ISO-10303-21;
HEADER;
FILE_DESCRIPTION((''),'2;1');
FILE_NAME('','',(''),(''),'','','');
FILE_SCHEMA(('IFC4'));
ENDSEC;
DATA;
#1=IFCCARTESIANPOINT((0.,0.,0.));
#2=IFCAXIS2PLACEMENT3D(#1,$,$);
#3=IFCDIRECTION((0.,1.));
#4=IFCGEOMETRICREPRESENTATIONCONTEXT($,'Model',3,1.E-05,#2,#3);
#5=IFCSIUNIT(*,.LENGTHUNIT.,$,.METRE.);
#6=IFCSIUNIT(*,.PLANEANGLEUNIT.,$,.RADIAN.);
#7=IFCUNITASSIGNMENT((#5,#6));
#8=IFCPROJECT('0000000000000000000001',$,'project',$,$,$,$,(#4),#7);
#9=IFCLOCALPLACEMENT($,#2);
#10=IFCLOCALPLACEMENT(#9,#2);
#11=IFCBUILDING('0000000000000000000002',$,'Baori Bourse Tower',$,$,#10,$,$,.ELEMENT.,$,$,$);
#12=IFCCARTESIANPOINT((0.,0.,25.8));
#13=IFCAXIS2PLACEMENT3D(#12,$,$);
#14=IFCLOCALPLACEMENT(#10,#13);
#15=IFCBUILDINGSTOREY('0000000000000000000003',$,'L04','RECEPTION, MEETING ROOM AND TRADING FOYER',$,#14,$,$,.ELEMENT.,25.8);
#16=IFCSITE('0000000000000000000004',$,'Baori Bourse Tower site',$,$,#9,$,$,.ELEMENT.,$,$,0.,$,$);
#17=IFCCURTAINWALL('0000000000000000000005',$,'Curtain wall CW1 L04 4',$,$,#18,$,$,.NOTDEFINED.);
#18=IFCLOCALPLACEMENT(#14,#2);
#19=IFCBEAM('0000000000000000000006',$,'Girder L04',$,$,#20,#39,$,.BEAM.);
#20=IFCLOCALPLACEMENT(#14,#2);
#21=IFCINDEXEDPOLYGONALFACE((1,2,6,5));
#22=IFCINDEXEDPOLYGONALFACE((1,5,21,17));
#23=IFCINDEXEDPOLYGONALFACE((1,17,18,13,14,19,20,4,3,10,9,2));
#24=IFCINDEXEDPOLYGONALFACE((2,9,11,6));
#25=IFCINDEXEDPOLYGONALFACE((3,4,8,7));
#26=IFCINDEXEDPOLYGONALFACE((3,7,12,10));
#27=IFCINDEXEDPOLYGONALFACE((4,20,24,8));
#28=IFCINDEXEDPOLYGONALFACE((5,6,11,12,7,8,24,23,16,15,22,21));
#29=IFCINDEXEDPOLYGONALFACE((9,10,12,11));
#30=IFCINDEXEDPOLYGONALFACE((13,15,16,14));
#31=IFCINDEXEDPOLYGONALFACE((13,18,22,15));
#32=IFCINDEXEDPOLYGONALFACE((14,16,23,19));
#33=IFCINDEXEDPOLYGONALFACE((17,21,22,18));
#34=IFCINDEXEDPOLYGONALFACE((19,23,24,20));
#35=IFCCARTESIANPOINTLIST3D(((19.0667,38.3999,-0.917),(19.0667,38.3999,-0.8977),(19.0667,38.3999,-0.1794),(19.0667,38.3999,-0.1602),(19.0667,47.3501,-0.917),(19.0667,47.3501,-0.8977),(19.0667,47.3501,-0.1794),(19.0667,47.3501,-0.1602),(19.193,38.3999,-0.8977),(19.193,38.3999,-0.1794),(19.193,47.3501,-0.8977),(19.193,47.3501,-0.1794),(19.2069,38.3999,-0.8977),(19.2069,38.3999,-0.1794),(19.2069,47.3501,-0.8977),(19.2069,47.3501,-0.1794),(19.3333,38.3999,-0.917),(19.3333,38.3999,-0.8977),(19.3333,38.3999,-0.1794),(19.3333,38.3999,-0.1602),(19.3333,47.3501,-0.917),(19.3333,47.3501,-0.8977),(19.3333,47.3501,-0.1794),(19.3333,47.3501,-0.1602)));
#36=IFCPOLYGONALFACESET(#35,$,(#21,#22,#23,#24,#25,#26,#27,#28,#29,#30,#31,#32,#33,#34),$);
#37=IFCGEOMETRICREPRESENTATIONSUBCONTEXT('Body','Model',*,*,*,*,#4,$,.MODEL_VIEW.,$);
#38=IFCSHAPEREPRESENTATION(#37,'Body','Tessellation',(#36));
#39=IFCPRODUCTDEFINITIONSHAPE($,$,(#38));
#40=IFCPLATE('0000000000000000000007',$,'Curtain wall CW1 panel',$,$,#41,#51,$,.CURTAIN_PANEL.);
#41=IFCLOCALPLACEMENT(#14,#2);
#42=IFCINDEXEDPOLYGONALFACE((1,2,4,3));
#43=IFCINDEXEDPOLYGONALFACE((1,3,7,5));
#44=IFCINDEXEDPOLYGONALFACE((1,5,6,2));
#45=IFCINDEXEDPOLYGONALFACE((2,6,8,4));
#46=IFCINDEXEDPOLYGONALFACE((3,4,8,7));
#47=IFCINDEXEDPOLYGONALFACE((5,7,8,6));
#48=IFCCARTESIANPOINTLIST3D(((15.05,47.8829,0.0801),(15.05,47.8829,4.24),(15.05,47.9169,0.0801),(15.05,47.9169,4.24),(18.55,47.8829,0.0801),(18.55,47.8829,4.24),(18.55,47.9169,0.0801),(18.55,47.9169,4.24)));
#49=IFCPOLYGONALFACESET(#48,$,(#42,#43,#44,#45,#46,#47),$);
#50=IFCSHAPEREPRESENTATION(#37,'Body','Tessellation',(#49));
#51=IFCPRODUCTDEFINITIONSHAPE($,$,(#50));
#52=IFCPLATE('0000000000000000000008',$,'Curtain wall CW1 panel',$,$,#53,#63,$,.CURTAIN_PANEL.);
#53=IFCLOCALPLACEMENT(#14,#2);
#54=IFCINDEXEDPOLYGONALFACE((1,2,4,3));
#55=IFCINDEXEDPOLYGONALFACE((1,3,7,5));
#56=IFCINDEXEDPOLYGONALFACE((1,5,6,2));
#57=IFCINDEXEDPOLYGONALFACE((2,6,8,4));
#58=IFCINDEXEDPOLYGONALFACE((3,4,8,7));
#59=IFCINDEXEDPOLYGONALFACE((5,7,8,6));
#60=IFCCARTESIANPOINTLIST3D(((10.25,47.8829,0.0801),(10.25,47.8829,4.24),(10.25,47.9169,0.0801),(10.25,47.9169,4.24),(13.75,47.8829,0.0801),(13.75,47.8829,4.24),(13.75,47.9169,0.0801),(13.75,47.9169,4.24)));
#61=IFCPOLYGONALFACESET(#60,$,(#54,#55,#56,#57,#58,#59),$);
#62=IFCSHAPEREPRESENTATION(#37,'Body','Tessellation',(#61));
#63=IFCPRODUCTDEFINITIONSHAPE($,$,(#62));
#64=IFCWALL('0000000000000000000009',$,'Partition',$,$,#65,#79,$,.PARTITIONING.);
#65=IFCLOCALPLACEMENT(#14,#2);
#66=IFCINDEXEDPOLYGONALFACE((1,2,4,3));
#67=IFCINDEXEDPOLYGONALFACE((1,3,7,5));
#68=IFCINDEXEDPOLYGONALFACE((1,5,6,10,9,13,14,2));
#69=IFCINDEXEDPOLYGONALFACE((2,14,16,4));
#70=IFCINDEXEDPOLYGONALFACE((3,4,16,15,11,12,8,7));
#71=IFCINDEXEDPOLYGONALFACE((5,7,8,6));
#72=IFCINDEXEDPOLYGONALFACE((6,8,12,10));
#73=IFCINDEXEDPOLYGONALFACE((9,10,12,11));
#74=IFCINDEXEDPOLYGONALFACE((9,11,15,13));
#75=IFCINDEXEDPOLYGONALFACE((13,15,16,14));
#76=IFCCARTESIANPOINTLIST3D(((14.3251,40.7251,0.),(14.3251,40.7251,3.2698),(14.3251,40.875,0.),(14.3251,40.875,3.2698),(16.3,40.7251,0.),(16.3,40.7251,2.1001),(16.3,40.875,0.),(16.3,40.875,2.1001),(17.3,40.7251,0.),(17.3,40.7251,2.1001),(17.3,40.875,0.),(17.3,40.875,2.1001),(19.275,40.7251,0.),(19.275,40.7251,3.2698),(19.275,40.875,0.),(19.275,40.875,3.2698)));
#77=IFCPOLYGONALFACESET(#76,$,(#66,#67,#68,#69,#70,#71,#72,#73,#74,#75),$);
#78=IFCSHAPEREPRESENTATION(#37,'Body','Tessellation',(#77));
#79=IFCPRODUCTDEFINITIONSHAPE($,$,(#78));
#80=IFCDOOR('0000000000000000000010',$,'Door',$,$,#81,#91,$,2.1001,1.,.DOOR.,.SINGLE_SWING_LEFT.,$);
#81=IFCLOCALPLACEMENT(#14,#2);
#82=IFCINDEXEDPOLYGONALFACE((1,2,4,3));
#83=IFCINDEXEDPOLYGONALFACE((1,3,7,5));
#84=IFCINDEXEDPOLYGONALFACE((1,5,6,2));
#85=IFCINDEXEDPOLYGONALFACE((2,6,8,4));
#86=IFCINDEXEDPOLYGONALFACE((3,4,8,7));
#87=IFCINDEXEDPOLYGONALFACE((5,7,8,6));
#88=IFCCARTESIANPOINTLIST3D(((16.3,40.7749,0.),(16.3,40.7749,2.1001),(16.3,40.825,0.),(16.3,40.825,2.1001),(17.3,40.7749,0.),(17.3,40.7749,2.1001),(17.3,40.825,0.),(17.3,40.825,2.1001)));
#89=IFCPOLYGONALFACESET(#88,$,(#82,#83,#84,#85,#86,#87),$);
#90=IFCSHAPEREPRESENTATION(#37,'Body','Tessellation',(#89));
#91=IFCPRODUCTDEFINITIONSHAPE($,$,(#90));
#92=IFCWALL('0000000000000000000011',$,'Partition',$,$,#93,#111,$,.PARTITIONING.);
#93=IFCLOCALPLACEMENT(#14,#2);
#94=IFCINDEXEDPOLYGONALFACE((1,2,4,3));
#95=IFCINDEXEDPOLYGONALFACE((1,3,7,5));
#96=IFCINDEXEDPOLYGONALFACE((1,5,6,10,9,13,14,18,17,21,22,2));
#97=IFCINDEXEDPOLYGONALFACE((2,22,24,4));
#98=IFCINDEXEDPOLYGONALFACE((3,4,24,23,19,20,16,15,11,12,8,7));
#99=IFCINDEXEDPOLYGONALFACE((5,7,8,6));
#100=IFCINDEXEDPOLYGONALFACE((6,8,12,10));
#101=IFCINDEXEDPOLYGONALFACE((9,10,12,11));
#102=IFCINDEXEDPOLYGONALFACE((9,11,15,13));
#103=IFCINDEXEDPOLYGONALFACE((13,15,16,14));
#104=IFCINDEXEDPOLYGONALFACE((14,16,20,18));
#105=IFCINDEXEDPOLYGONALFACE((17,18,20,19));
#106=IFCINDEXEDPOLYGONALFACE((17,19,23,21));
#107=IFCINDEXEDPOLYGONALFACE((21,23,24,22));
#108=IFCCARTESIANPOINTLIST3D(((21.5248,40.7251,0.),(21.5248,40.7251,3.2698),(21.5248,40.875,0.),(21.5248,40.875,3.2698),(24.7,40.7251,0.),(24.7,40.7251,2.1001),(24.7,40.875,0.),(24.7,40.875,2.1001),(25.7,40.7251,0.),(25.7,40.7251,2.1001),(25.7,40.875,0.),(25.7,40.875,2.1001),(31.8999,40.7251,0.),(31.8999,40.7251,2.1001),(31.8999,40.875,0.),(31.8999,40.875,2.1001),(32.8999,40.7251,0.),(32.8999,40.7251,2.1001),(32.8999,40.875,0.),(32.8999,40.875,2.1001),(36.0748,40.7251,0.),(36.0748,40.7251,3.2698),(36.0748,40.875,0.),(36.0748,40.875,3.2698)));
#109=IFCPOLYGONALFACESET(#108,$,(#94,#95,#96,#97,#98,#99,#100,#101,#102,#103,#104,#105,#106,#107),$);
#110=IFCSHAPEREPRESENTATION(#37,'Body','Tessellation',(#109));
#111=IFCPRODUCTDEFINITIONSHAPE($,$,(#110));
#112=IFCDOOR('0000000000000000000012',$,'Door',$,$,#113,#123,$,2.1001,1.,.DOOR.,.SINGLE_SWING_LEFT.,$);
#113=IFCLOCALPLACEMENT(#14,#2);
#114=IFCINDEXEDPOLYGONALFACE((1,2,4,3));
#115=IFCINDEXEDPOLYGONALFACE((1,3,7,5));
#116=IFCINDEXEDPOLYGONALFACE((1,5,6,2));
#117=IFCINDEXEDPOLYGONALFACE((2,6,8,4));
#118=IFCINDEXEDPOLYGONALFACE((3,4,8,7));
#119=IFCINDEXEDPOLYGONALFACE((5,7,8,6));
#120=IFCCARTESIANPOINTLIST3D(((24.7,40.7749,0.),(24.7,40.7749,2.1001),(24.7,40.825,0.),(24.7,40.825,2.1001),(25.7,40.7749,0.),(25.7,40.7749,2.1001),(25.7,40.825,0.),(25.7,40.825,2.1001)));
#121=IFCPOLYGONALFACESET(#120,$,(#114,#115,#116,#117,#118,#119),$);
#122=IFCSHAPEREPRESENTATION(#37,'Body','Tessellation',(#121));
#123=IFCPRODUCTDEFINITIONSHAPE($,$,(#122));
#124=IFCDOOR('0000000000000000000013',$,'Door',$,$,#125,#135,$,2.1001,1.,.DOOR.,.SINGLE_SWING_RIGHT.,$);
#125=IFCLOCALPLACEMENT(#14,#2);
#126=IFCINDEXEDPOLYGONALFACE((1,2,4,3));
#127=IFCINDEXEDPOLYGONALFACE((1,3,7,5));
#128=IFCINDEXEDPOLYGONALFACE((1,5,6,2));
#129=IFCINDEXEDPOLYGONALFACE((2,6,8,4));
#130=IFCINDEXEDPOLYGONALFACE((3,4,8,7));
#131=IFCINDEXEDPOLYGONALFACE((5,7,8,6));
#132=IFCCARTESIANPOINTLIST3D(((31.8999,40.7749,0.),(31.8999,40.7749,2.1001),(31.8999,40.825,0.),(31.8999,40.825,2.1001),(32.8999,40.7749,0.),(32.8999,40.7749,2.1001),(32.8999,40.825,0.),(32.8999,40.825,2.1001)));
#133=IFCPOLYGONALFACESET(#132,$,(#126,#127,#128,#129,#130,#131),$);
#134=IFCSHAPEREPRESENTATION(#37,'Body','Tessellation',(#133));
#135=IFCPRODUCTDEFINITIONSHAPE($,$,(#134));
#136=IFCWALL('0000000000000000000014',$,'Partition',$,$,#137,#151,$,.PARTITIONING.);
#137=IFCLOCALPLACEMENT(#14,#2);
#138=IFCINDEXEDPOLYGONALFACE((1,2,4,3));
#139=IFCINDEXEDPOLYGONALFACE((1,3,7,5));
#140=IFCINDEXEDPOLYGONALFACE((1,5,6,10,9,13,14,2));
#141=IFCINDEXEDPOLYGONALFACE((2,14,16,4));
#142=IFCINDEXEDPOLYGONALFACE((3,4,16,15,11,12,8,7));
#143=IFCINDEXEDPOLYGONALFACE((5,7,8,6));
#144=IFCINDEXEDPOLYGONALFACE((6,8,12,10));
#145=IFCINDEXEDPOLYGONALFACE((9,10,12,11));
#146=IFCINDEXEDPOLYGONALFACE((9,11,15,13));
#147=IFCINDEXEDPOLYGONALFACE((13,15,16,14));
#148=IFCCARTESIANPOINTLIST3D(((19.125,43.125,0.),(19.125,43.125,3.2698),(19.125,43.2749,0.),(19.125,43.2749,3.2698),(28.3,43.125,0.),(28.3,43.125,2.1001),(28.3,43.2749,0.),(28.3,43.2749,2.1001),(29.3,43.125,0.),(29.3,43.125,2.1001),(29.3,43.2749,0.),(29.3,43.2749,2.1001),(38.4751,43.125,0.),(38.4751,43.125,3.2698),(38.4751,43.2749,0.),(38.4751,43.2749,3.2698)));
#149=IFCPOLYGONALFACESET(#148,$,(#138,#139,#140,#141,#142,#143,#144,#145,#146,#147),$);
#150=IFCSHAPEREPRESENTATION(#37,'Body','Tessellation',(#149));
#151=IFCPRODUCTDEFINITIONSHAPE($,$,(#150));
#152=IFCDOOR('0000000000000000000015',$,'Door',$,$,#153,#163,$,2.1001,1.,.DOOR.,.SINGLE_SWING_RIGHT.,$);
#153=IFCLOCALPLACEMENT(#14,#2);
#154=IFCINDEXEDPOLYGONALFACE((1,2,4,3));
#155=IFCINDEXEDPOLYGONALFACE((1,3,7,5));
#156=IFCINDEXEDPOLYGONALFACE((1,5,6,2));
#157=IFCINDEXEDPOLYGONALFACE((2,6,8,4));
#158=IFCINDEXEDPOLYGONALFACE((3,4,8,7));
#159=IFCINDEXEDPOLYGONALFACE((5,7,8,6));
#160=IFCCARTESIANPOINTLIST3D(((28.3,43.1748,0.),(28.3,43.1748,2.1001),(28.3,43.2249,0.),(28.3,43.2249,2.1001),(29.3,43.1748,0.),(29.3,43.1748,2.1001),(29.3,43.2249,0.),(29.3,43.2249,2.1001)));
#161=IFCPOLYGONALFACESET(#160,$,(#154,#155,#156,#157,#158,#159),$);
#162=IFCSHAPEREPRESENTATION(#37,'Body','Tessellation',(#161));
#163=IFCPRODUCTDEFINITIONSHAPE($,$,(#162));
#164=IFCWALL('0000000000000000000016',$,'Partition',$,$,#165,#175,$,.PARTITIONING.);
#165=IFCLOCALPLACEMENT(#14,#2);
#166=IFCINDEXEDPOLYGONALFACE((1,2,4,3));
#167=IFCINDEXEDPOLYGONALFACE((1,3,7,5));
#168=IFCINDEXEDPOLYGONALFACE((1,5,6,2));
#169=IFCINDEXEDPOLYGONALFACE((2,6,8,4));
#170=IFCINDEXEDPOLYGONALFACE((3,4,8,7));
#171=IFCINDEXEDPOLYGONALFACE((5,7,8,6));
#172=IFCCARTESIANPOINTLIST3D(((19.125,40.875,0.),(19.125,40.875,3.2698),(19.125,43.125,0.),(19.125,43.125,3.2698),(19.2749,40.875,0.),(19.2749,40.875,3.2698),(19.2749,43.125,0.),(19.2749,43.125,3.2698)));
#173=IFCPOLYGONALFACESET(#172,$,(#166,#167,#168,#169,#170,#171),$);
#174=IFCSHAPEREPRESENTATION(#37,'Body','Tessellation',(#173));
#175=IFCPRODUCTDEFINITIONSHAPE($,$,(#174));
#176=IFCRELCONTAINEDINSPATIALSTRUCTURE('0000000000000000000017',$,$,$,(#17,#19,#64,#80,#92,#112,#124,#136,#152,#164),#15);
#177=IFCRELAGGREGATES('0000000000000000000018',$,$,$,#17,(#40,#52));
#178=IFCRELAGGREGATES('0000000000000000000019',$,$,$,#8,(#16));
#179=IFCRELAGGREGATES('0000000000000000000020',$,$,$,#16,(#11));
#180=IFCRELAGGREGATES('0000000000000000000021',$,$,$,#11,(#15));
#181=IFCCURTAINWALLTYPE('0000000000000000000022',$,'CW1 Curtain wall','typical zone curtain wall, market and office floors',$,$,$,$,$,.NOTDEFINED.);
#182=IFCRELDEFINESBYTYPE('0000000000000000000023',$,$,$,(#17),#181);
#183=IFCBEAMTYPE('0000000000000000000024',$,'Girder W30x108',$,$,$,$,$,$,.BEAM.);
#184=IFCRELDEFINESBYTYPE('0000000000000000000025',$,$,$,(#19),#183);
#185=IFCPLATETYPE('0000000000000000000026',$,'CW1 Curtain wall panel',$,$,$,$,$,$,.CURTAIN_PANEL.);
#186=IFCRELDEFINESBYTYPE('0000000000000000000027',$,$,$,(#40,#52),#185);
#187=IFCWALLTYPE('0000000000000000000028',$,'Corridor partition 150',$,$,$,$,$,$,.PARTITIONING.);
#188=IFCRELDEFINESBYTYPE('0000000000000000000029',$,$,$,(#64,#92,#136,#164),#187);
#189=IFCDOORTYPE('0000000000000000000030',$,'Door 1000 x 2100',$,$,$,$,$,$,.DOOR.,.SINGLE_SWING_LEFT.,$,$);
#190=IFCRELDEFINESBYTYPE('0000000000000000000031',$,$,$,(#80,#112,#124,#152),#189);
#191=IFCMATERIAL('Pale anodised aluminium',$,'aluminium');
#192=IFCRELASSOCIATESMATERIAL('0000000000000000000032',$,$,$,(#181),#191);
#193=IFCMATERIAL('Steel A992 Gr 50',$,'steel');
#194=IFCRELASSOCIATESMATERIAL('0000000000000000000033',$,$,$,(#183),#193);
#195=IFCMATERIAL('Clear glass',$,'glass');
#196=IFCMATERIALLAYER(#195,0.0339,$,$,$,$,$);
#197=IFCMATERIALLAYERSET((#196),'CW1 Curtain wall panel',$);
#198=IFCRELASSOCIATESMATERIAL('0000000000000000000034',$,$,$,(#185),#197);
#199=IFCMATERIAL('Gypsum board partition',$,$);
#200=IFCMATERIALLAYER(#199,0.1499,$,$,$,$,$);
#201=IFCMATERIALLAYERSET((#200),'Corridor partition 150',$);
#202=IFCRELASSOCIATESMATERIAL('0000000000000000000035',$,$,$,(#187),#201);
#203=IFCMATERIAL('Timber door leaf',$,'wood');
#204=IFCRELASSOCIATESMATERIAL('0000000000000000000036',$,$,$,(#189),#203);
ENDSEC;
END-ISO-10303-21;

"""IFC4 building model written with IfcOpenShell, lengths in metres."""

from ifc_helpers import new_model, si_unit, direction, frame, frame_2d, origin, origin_2d, place, context, subcontext, project, spatial, rectangle, i_section, extrude, material, layer, layer_set, material_profile, profile_set, type_object, element, fill, aggregate, save


model = new_model("IFC4")

# Units and contexts
model_context = context("Model", 3, precision=1e-05, world=origin(), true_north=direction((0.0, 1.0)))
body_context = subcontext(model_context, "Body", "Model", "MODEL_VIEW")
ifc_project = project(units=[si_unit("LENGTHUNIT", "METRE"), si_unit("PLANEANGLEUNIT", "RADIAN")], contexts=[model_context])

# Site, building, storey
site_placement = place(None, origin())
site = spatial("IfcSite", under=ifc_project, at=site_placement, Name="Baori Bourse Tower site", CompositionType="ELEMENT", RefElevation=0.0)
building_placement = place(site_placement, origin())
building = spatial("IfcBuilding", under=site, at=building_placement, Name="Baori Bourse Tower", CompositionType="ELEMENT")
storey_placement = place(building_placement, frame((0.0, 0.0, 25.8)))
storey = spatial("IfcBuildingStorey", under=building, at=storey_placement, Name="L04", Description="RECEPTION, MEETING ROOM AND TRADING FOYER", CompositionType="ELEMENT", Elevation=25.8)

# Curtain wall
ifc_material_1 = material(Name="Pale anodised aluminium", Category="aluminium")
curtain_wall_type = type_object("IfcCurtainWallType", Name="CW1 Curtain wall", Description="typical zone curtain wall, market and office floors", PredefinedType="NOTDEFINED", material=ifc_material_1)
curtain_wall_placement = place(storey_placement, origin())
curtain_wall = element("IfcCurtainWall", 1, at=curtain_wall_placement, inside=storey, type_object=curtain_wall_type, Name="Curtain wall CW1 L04 4", PredefinedType="NOTDEFINED")

# Beam
ifc_material_2 = material(Name="Steel A992 Gr 50", Category="steel")
ifc_material_profile_1 = material_profile(ifc_material_2, i_section(OverallWidth=0.2666, OverallDepth=0.7568, WebThickness=0.0139, FlangeThickness=0.0193, at=origin_2d()), Name="W30x108")
ifc_profile_set_1 = profile_set([ifc_material_profile_1], Name="Steel A992 Gr 50")
beam_type_1 = type_object("IfcBeamType", Name="Girder W30x108", PredefinedType="BEAM", material=ifc_profile_set_1)
beam_1_placement = place(storey_placement, frame((19.2, 38.3999, -0.5386), z_axis=(0.0, 1.0, 0.0), x_axis=(-1.0, 0.0, 0.0)))
element("IfcBeam", 2, at=beam_1_placement, inside=storey, type_object=beam_type_1, Name="Girder L04", PredefinedType="BEAM", context=body_context, shape_type="SweptSolid", body=[
    extrude(i_section(OverallWidth=0.2666, OverallDepth=0.7568, WebThickness=0.0139, FlangeThickness=0.0193, at=origin_2d()), origin(), (0.0, 0.0, 1.0), 8.9502),
])

# Plates
ifc_material_3 = material(Name="Clear glass", Category="glass")
ifc_layer_1 = layer(ifc_material_3, 0.0339)
ifc_layer_set_1 = layer_set([ifc_layer_1], Name="CW1 Curtain wall panel")
plate_type = type_object("IfcPlateType", Name="CW1 Curtain wall panel", PredefinedType="CURTAIN_PANEL", material=ifc_layer_set_1)
plate_1_placement = place(storey_placement, frame((16.8, 47.8999, 0.0801), z_axis=(0.0, 0.0, 1.0), x_axis=(-1.0, 0.0, 0.0)))
plate_1 = element("IfcPlate", 3, at=plate_1_placement, type_object=plate_type, Name="Curtain wall CW1 panel", PredefinedType="CURTAIN_PANEL", context=body_context, shape_type="SweptSolid", body=[
    extrude(rectangle(XDim=3.5, YDim=0.0339, at=origin_2d()), origin(), (0.0, 0.0, 1.0), 4.1599),
])
plate_2_placement = place(storey_placement, frame((12.0, 47.8999, 0.0801), z_axis=(0.0, 0.0, 1.0), x_axis=(-1.0, 0.0, 0.0)))
plate_2 = element("IfcPlate", 4, at=plate_2_placement, type_object=plate_type, Name="Curtain wall CW1 panel", PredefinedType="CURTAIN_PANEL", context=body_context, shape_type="SweptSolid", body=[
    extrude(rectangle(XDim=3.5, YDim=0.0339, at=origin_2d()), origin(), (0.0, 0.0, 1.0), 4.1599),
])
aggregate(curtain_wall, [plate_1, plate_2])

# Wall, opening, door
ifc_material_4 = material(Name="Gypsum board partition")
ifc_layer_2 = layer(ifc_material_4, 0.1499)
ifc_layer_set_2 = layer_set([ifc_layer_2], Name="Corridor partition 150")
wall_type_1 = type_object("IfcWallType", Name="Corridor partition 150", PredefinedType="PARTITIONING", material=ifc_layer_set_2)
wall_1_placement = place(storey_placement, frame((14.325, 40.8, 0.0), z_axis=(0.0, 0.0, 1.0), x_axis=(1.0, 0.0, 0.0)))
wall_1 = element("IfcWall", 5, at=wall_1_placement, inside=storey, type_object=wall_type_1, Name="Partition", PredefinedType="PARTITIONING", context=body_context, shape_type="SweptSolid", body=[
    extrude(rectangle(XDim=4.95, YDim=0.1499, at=frame_2d((2.4751, 0.0))), origin(), (0.0, 0.0, 1.0), 3.2698),
])
opening_1_placement = place(wall_1_placement, frame((1.9751, 0.0, 0.0)))
opening_1 = element("IfcOpeningElement", 6, at=opening_1_placement, cuts=wall_1, PredefinedType="OPENING", context=body_context, shape_type="SweptSolid", body=[
    extrude(rectangle(XDim=1.0, YDim=2.1001, at=frame_2d((0.5, 1.05))), frame((0.0, 0.085, 0.0), z_axis=(0.0, -1.0, 0.0), x_axis=(1.0, 0.0, 0.0)), (0.0, 0.0, 1.0), 0.1699),
])
ifc_material_5 = material(Name="Timber door leaf", Category="wood")
door_type = type_object("IfcDoorType", Name="Door 1000 x 2100", OperationType="SINGLE_SWING_LEFT", PredefinedType="DOOR", material=ifc_material_5)
door_1_placement = place(opening_1_placement, origin())
door_1 = element("IfcDoor", 7, at=door_1_placement, inside=storey, type_object=door_type, Name="Door", OperationType="SINGLE_SWING_LEFT", OverallHeight=2.1001, OverallWidth=1.0, PredefinedType="DOOR", context=body_context, shape_type="SweptSolid", body=[
    extrude(rectangle(XDim=1.0, YDim=2.1001, at=frame_2d((0.5, 1.05))), frame((0.0, 0.0249, 0.0), z_axis=(0.0, -1.0, 0.0), x_axis=(1.0, 0.0, 0.0)), (0.0, 0.0, 1.0), 0.05),
])
fill(opening_1, door_1)

# Wall, openings, doors
wall_2_placement = place(storey_placement, frame((21.5249, 40.8, 0.0), z_axis=(0.0, 0.0, 1.0), x_axis=(1.0, 0.0, 0.0)))
wall_2 = element("IfcWall", 8, at=wall_2_placement, inside=storey, type_object=wall_type_1, Name="Partition", PredefinedType="PARTITIONING", context=body_context, shape_type="SweptSolid", body=[
    extrude(rectangle(XDim=14.55, YDim=0.1499, at=frame_2d((7.2749, 0.0))), origin(), (0.0, 0.0, 1.0), 3.2698),
])
opening_2_placement = place(wall_2_placement, frame((3.175, 0.0, 0.0)))
opening_2 = element("IfcOpeningElement", 9, at=opening_2_placement, cuts=wall_2, PredefinedType="OPENING", context=body_context, shape_type="SweptSolid", body=[
    extrude(rectangle(XDim=1.0, YDim=2.1001, at=frame_2d((0.5, 1.05))), frame((0.0, 0.085, 0.0), z_axis=(0.0, -1.0, 0.0), x_axis=(1.0, 0.0, 0.0)), (0.0, 0.0, 1.0), 0.1699),
])
opening_3_placement = place(wall_2_placement, frame((10.375, 0.0, 0.0)))
opening_3 = element("IfcOpeningElement", 10, at=opening_3_placement, cuts=wall_2, PredefinedType="OPENING", context=body_context, shape_type="SweptSolid", body=[
    extrude(rectangle(XDim=1.0, YDim=2.1001, at=frame_2d((0.5, 1.05))), frame((0.0, 0.085, 0.0), z_axis=(0.0, -1.0, 0.0), x_axis=(1.0, 0.0, 0.0)), (0.0, 0.0, 1.0), 0.1699),
])
door_2_placement = place(opening_2_placement, origin())
door_2 = element("IfcDoor", 11, at=door_2_placement, inside=storey, type_object=door_type, Name="Door", OperationType="SINGLE_SWING_LEFT", OverallHeight=2.1001, OverallWidth=1.0, PredefinedType="DOOR", context=body_context, shape_type="SweptSolid", body=[
    extrude(rectangle(XDim=1.0, YDim=2.1001, at=frame_2d((0.5, 1.05))), frame((0.0, 0.0249, 0.0), z_axis=(0.0, -1.0, 0.0), x_axis=(1.0, 0.0, 0.0)), (0.0, 0.0, 1.0), 0.05),
])
fill(opening_2, door_2)
door_3_placement = place(opening_3_placement, origin())
door_3 = element("IfcDoor", 12, at=door_3_placement, inside=storey, type_object=door_type, Name="Door", OperationType="SINGLE_SWING_RIGHT", OverallHeight=2.1001, OverallWidth=1.0, PredefinedType="DOOR", context=body_context, shape_type="SweptSolid", body=[
    extrude(rectangle(XDim=1.0, YDim=2.1001, at=frame_2d((0.5, 1.05))), frame((0.0, 0.0249, 0.0), z_axis=(0.0, -1.0, 0.0), x_axis=(1.0, 0.0, 0.0)), (0.0, 0.0, 1.0), 0.05),
])
fill(opening_3, door_3)

# Wall, opening, door
wall_3_placement = place(storey_placement, frame((19.125, 43.2, 0.0), z_axis=(0.0, 0.0, 1.0), x_axis=(1.0, 0.0, 0.0)))
wall_3 = element("IfcWall", 13, at=wall_3_placement, inside=storey, type_object=wall_type_1, Name="Partition", PredefinedType="PARTITIONING", context=body_context, shape_type="SweptSolid", body=[
    extrude(rectangle(XDim=19.3501, YDim=0.1499, at=frame_2d((9.675, 0.0))), origin(), (0.0, 0.0, 1.0), 3.2698),
])
opening_4_placement = place(wall_3_placement, frame((9.175, 0.0, 0.0)))
opening_4 = element("IfcOpeningElement", 14, at=opening_4_placement, cuts=wall_3, PredefinedType="OPENING", context=body_context, shape_type="SweptSolid", body=[
    extrude(rectangle(XDim=1.0, YDim=2.1001, at=frame_2d((0.5, 1.05))), frame((0.0, 0.085, 0.0), z_axis=(0.0, -1.0, 0.0), x_axis=(1.0, 0.0, 0.0)), (0.0, 0.0, 1.0), 0.1699),
])
door_4_placement = place(opening_4_placement, origin())
door_4 = element("IfcDoor", 15, at=door_4_placement, inside=storey, type_object=door_type, Name="Door", OperationType="SINGLE_SWING_RIGHT", OverallHeight=2.1001, OverallWidth=1.0, PredefinedType="DOOR", context=body_context, shape_type="SweptSolid", body=[
    extrude(rectangle(XDim=1.0, YDim=2.1001, at=frame_2d((0.5, 1.05))), frame((0.0, 0.0249, 0.0), z_axis=(0.0, -1.0, 0.0), x_axis=(1.0, 0.0, 0.0)), (0.0, 0.0, 1.0), 0.05),
])
fill(opening_4, door_4)

# Wall
wall_4_placement = place(storey_placement, frame((19.2, 40.875, 0.0), z_axis=(0.0, 0.0, 1.0), x_axis=(0.0, 1.0, 0.0)))
element("IfcWall", 16, at=wall_4_placement, inside=storey, type_object=wall_type_1, Name="Partition", PredefinedType="PARTITIONING", context=body_context, shape_type="SweptSolid", body=[
    extrude(rectangle(XDim=2.25, YDim=0.1499, at=frame_2d((1.125, 0.0))), origin(), (0.0, 0.0, 1.0), 3.2698),
])

save(model, "model.ifc")
